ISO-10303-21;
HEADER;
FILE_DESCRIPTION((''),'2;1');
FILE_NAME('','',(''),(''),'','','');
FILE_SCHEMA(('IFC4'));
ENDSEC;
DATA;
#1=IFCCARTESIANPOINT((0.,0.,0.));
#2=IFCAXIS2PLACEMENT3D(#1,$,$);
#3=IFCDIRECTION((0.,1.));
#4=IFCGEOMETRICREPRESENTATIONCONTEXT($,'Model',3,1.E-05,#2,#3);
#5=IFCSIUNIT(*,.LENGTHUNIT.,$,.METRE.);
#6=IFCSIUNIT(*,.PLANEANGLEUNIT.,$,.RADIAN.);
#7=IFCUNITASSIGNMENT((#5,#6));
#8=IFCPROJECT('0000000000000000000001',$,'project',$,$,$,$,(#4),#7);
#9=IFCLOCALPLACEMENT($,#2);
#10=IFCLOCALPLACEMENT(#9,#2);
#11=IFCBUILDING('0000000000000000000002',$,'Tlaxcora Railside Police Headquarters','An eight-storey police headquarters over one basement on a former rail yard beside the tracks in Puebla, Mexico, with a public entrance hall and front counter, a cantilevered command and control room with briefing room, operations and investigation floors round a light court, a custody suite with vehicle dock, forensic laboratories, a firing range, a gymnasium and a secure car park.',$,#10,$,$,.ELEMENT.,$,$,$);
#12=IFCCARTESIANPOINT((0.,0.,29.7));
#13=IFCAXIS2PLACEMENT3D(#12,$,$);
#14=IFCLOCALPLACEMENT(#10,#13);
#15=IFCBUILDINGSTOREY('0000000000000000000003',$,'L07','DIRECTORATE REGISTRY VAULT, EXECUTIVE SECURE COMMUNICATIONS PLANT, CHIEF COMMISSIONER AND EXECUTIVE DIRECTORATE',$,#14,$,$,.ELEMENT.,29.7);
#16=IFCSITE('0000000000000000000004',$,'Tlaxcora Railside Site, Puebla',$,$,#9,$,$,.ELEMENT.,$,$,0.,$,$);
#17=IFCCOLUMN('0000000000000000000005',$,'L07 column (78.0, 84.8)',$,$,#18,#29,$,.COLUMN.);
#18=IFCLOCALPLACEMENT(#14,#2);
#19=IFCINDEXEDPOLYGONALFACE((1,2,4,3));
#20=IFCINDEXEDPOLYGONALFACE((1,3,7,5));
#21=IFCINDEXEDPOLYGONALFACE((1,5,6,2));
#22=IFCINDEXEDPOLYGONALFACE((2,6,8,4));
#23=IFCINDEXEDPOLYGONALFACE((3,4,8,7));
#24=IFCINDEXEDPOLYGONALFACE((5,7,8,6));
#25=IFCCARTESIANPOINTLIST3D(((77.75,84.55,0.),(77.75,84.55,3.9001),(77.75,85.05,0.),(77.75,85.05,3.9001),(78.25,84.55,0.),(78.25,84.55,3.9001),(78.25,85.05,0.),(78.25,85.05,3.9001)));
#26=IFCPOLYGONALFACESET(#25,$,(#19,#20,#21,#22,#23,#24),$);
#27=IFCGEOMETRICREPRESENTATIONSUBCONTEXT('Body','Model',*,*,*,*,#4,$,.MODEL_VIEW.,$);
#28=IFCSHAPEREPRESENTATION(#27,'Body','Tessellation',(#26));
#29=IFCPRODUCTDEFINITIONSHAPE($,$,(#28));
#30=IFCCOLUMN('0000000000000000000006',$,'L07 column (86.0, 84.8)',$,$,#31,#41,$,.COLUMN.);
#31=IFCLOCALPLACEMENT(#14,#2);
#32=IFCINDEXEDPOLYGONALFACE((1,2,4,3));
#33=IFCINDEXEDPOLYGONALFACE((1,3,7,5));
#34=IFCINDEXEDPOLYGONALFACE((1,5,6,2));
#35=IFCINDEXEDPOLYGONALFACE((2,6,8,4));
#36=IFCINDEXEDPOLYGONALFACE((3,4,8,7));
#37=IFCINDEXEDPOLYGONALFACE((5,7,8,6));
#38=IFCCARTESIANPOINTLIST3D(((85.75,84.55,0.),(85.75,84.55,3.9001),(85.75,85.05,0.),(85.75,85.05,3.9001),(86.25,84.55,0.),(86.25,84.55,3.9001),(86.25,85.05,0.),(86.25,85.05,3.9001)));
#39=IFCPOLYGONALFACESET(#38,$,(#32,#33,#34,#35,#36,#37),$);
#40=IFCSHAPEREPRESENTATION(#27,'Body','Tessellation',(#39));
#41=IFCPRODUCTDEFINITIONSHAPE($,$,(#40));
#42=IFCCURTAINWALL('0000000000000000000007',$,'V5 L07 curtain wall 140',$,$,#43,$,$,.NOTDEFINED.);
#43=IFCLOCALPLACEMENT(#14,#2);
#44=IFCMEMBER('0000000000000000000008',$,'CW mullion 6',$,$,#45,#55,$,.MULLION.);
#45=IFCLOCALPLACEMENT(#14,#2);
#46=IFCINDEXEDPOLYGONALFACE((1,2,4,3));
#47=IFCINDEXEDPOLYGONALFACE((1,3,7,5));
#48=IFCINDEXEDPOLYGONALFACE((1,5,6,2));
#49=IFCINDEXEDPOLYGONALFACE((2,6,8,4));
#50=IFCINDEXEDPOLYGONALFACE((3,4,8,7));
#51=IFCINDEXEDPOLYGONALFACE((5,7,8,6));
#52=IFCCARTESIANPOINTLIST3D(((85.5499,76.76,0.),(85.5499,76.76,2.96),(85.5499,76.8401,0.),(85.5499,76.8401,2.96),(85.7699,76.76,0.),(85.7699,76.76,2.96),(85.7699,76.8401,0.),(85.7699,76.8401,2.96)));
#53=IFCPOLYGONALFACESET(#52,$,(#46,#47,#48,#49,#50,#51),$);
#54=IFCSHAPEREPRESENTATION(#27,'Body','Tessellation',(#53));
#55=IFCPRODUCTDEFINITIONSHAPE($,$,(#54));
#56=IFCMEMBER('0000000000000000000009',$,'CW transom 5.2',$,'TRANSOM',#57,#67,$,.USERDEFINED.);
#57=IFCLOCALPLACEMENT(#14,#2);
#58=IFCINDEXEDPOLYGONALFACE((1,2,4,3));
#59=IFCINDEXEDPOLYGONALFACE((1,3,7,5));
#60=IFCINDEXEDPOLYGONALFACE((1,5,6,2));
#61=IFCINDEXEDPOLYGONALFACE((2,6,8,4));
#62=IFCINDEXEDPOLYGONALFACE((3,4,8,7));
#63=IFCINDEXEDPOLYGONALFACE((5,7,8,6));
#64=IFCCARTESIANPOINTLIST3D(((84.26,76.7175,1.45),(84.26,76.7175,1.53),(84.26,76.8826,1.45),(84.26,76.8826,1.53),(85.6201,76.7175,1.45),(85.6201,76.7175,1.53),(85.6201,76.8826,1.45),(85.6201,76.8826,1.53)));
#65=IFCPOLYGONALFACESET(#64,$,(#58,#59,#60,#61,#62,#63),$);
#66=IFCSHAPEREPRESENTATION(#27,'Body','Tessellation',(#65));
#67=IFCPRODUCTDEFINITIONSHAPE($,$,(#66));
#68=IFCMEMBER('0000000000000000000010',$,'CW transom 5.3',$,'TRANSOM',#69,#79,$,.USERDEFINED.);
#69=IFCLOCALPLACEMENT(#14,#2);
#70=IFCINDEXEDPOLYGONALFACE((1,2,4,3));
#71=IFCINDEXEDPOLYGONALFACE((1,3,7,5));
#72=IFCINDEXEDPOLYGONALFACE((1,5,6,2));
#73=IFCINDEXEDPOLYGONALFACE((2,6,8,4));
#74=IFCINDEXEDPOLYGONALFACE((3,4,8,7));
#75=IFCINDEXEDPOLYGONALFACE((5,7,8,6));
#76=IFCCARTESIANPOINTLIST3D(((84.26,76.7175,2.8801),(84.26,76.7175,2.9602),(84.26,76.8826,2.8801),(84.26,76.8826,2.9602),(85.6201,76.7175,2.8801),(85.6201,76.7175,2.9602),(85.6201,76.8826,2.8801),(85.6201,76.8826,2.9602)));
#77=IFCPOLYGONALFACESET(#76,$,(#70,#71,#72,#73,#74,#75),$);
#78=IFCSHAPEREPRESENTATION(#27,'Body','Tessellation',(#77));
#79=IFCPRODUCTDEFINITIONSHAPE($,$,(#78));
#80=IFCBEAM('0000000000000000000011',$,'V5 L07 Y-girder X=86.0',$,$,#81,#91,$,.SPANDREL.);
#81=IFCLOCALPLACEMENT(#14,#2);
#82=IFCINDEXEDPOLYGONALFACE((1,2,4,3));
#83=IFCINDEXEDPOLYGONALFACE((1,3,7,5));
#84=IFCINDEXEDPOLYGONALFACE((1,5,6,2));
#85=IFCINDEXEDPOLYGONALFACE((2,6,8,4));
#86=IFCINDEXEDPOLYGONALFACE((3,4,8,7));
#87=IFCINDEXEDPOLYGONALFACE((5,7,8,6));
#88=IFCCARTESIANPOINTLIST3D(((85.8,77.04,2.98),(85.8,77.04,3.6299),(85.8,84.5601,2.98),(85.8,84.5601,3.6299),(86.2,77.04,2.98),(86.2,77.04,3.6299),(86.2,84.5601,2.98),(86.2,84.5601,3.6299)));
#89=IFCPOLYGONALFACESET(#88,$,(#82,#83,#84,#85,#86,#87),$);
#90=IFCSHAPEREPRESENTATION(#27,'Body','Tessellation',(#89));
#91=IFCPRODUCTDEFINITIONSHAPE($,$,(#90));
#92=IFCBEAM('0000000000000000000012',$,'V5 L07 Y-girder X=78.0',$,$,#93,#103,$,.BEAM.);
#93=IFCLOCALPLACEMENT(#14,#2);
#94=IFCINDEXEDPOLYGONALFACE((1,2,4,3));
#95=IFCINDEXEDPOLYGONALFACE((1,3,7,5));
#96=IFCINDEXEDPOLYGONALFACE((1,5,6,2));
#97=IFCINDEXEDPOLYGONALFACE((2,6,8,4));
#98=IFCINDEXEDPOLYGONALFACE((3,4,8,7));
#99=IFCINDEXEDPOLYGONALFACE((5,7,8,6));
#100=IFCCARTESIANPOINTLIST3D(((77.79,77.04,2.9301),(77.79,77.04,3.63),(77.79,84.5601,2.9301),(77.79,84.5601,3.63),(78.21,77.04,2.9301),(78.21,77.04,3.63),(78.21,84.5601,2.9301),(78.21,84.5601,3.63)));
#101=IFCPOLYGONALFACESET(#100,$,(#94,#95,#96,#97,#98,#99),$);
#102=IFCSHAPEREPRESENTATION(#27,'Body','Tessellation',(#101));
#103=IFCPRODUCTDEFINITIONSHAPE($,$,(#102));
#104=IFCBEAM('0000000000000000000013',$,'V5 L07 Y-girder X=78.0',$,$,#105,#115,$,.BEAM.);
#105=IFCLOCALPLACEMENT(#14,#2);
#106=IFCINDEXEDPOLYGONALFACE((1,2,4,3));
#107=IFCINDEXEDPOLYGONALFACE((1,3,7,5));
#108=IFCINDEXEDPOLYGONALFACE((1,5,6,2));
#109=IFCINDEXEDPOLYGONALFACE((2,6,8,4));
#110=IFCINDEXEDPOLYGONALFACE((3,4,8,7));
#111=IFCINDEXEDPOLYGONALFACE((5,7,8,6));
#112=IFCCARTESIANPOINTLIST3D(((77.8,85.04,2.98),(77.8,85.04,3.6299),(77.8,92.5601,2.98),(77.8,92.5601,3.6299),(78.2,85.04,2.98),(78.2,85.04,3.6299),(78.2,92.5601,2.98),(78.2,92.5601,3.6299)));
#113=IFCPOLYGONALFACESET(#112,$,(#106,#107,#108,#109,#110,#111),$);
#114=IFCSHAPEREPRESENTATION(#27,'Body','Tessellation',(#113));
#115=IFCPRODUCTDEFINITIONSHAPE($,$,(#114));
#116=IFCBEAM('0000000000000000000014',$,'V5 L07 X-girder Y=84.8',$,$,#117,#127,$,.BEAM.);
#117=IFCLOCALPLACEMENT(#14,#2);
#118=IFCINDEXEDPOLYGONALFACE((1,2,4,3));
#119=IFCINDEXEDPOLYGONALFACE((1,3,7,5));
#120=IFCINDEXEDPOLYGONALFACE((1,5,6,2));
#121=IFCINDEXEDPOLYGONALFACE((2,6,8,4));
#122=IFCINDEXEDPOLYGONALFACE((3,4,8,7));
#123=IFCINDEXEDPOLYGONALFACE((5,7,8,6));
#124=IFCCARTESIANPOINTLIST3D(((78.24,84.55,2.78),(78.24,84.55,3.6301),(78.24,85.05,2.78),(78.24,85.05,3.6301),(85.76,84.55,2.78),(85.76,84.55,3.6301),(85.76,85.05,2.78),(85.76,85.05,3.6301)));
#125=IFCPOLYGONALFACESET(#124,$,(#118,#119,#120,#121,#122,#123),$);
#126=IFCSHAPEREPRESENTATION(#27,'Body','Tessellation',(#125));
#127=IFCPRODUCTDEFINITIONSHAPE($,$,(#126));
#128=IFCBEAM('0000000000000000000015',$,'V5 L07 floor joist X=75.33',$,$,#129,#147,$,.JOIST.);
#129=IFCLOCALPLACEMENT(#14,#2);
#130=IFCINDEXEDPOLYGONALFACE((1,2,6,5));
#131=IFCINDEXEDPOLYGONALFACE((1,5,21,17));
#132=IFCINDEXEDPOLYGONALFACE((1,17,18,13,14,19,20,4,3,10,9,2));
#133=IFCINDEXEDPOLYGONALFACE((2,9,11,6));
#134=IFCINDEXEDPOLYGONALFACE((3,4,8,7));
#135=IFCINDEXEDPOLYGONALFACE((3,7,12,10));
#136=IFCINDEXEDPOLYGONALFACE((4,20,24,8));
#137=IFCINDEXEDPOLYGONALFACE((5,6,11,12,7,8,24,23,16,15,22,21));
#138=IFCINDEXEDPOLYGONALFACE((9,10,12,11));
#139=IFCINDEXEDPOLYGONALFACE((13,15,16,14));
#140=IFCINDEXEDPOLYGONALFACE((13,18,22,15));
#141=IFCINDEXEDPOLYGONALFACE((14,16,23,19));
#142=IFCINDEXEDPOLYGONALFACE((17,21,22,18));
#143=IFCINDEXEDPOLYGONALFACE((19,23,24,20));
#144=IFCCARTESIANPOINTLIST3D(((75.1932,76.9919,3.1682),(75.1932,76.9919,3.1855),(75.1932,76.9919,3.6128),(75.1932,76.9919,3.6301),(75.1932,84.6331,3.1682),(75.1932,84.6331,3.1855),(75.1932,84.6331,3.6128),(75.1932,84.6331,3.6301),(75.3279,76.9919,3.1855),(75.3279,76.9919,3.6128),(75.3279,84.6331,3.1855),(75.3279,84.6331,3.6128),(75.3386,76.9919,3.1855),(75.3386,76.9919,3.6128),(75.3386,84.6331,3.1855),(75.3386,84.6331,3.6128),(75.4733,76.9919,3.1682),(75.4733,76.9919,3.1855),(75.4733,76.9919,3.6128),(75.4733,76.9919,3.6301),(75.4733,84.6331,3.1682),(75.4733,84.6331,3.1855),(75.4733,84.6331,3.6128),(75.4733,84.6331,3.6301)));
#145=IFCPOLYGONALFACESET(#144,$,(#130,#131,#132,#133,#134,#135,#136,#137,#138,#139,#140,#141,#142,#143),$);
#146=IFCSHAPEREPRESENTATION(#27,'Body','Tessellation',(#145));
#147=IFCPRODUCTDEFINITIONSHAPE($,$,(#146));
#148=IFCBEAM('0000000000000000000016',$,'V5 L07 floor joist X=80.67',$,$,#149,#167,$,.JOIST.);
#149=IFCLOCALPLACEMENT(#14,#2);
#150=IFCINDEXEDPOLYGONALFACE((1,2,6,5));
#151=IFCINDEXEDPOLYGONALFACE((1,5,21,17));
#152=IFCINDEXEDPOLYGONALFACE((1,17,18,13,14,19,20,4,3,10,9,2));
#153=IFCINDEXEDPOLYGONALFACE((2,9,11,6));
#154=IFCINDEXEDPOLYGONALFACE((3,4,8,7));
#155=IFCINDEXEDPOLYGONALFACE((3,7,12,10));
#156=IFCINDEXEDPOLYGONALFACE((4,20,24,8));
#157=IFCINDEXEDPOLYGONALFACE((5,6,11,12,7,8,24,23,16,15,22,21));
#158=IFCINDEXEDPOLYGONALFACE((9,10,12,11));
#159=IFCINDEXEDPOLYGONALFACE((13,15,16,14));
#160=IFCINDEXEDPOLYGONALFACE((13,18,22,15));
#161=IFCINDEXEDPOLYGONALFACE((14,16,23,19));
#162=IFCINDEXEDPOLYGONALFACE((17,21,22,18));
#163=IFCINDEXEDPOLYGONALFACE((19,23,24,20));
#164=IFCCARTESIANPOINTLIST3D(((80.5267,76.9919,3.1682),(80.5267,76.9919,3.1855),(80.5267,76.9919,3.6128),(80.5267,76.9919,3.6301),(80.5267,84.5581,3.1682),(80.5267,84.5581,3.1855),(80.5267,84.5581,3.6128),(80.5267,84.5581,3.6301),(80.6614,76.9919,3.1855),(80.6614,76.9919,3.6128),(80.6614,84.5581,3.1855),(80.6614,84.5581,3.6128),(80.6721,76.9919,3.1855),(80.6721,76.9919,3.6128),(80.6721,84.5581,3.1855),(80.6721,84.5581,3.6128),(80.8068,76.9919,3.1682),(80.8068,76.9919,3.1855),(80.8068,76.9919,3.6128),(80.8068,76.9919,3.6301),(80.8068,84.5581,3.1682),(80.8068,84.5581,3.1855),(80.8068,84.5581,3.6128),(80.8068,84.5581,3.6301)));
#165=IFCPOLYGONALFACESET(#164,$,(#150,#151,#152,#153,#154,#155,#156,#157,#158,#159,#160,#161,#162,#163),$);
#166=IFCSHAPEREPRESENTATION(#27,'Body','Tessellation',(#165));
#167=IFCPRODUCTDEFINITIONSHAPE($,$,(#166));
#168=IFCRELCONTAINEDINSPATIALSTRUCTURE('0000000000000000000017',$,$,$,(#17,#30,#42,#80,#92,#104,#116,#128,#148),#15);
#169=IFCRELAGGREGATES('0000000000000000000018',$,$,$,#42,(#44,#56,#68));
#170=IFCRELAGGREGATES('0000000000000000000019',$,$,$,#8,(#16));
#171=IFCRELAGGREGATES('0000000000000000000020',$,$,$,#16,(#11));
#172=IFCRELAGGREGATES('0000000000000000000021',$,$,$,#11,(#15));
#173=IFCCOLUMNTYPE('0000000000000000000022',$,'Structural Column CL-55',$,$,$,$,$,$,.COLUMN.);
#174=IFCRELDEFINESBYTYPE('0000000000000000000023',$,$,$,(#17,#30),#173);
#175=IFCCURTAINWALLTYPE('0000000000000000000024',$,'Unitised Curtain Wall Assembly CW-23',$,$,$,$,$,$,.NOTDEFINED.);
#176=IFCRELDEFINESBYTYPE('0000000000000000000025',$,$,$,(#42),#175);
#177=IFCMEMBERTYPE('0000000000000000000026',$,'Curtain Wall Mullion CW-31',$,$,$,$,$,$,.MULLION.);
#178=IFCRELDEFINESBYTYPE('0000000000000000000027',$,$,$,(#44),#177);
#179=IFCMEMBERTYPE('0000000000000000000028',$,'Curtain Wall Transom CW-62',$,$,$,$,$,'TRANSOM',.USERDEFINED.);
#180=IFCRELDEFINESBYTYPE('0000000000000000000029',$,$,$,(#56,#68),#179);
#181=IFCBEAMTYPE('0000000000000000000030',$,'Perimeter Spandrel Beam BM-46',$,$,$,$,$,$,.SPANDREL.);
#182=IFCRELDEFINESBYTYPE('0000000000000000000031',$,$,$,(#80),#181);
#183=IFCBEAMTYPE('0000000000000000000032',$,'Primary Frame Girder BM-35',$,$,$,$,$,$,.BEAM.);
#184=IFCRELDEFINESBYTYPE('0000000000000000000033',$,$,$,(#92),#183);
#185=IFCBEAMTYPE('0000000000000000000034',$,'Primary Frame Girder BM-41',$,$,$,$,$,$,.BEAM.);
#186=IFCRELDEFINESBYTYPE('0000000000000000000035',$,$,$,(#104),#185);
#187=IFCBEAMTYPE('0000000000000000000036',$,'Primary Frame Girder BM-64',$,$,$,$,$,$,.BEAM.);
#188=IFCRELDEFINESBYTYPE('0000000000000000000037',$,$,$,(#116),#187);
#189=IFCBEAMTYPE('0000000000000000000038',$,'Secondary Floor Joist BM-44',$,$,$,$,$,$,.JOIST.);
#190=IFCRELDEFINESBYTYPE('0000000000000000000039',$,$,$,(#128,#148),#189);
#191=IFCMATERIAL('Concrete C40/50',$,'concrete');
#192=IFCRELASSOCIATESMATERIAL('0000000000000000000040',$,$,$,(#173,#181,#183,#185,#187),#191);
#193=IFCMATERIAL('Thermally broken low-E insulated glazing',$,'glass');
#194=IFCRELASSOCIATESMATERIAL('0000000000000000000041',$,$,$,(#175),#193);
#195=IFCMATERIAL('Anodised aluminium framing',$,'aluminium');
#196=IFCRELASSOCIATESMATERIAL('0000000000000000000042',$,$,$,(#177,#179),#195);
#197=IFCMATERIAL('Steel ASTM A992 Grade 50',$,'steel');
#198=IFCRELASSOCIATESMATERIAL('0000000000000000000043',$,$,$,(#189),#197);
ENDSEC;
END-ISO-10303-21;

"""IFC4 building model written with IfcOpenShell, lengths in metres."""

from ifc_helpers import new_model, si_unit, direction, frame, origin, origin_2d, place, context, subcontext, project, spatial, rectangle, i_section, extrude, material, material_profile, profile_set, type_object, element, aggregate, save


model = new_model("IFC4")

# Units and contexts
model_context = context("Model", 3, precision=1e-05, world=origin(), true_north=direction((0.0, 1.0)))
body_context = subcontext(model_context, "Body", "Model", "MODEL_VIEW")
ifc_project = project(units=[si_unit("LENGTHUNIT", "METRE"), si_unit("PLANEANGLEUNIT", "RADIAN")], contexts=[model_context])

# Site, building, storey
site_placement = place(None, origin())
site = spatial("IfcSite", under=ifc_project, at=site_placement, Name="Tlaxcora Railside Site, Puebla", CompositionType="ELEMENT", RefElevation=0.0)
building_placement = place(site_placement, origin())
building = spatial("IfcBuilding", under=site, at=building_placement, Name="Tlaxcora Railside Police Headquarters", Description="An eight-storey police headquarters over one basement on a former rail yard beside the tracks in Puebla, Mexico, with a public entrance hall and front counter, a cantilevered command and control room with briefing room, operations and investigation floors round a light court, a custody suite with vehicle dock, forensic laboratories, a firing range, a gymnasium and a secure car park.", CompositionType="ELEMENT")
storey_placement = place(building_placement, frame((0.0, 0.0, 29.7)))
storey = spatial("IfcBuildingStorey", under=building, at=storey_placement, Name="L07", Description="DIRECTORATE REGISTRY VAULT, EXECUTIVE SECURE COMMUNICATIONS PLANT, CHIEF COMMISSIONER AND EXECUTIVE DIRECTORATE", CompositionType="ELEMENT", Elevation=29.7)

# Columns
ifc_material_1 = material(Name="Concrete C40/50", Category="concrete")
ifc_material_profile_1 = material_profile(ifc_material_1, rectangle(XDim=0.5, YDim=0.5, at=origin_2d()), Name="RC500X500")
ifc_profile_set_1 = profile_set([ifc_material_profile_1], Name="Concrete C40/50")
column_type = type_object("IfcColumnType", Name="Structural Column CL-55", PredefinedType="COLUMN", material=ifc_profile_set_1)
for number, where, z_axis, x_axis, name in (
    (1, (78.0, 84.8, 0.0), (0.0, 0.0, 1.0), (1.0, 0.0, 0.0), "L07 column (78.0, 84.8)"),
    (2, (86.0, 84.8, 0.0), (0.0, 0.0, 1.0), (1.0, 0.0, 0.0), "L07 column (86.0, 84.8)"),
):
    element("IfcColumn", number, at=place(storey_placement, frame(where, z_axis=z_axis, x_axis=x_axis)), inside=storey, type_object=column_type, Name=name, PredefinedType="COLUMN", context=body_context, shape_type="SweptSolid", body=[
        extrude(rectangle(XDim=0.5, YDim=0.5, at=origin_2d()), origin(), (0.0, 0.0, 1.0), 3.9001),
    ])

# Curtain wall, members
ifc_material_2 = material(Name="Thermally broken low-E insulated glazing", Category="glass")
curtain_wall_type = type_object("IfcCurtainWallType", Name="Unitised Curtain Wall Assembly CW-23", PredefinedType="NOTDEFINED", material=ifc_material_2)
curtain_wall_placement = place(storey_placement, origin())
curtain_wall = element("IfcCurtainWall", 3, at=curtain_wall_placement, inside=storey, type_object=curtain_wall_type, Name="V5 L07 curtain wall 140", PredefinedType="NOTDEFINED")
ifc_material_3 = material(Name="Anodised aluminium framing", Category="aluminium")
ifc_material_profile_2 = material_profile(ifc_material_3, rectangle(XDim=0.0801, YDim=0.22, at=origin_2d()), Name="AL80X220")
ifc_profile_set_2 = profile_set([ifc_material_profile_2], Name="Anodised aluminium framing")
member_type_1 = type_object("IfcMemberType", Name="Curtain Wall Mullion CW-31", PredefinedType="MULLION", material=ifc_profile_set_2)
member_1_placement = place(storey_placement, frame((85.6599, 76.8, 0.0), z_axis=(0.0, 0.0, 1.0), x_axis=(0.0, 1.0, 0.0)))
member_1 = element("IfcMember", 4, at=member_1_placement, type_object=member_type_1, Name="CW mullion 6", PredefinedType="MULLION", context=body_context, shape_type="SweptSolid", body=[
    extrude(rectangle(XDim=0.0801, YDim=0.22, at=origin_2d()), origin(), (0.0, 0.0, 1.0), 2.96),
])
ifc_material_profile_3 = material_profile(ifc_material_3, rectangle(XDim=0.165, YDim=0.0801, at=origin_2d()), Name="AL80X165")
ifc_profile_set_3 = profile_set([ifc_material_profile_3], Name="Anodised aluminium framing")
member_type_2 = type_object("IfcMemberType", Name="Curtain Wall Transom CW-62", ElementType="TRANSOM", PredefinedType="USERDEFINED", material=ifc_profile_set_3)
member_2_placement = place(storey_placement, frame((84.26, 76.8, 1.49), z_axis=(1.0, 0.0, 0.0), x_axis=(0.0, 1.0, 0.0)))
member_2 = element("IfcMember", 5, at=member_2_placement, type_object=member_type_2, Name="CW transom 5.2", ObjectType="TRANSOM", PredefinedType="USERDEFINED", context=body_context, shape_type="SweptSolid", body=[
    extrude(rectangle(XDim=0.165, YDim=0.0801, at=origin_2d()), origin(), (0.0, 0.0, 1.0), 1.3601),
])
member_3_placement = place(storey_placement, frame((84.26, 76.8, 2.9202), z_axis=(1.0, 0.0, 0.0), x_axis=(0.0, 1.0, 0.0)))
member_3 = element("IfcMember", 6, at=member_3_placement, type_object=member_type_2, Name="CW transom 5.3", ObjectType="TRANSOM", PredefinedType="USERDEFINED", context=body_context, shape_type="SweptSolid", body=[
    extrude(rectangle(XDim=0.165, YDim=0.0801, at=origin_2d()), origin(), (0.0, 0.0, 1.0), 1.3601),
])

# Beams
ifc_material_profile_4 = material_profile(ifc_material_1, rectangle(XDim=0.3999, YDim=0.6499, at=origin_2d()), Name="RC400X650")
ifc_profile_set_4 = profile_set([ifc_material_profile_4], Name="Concrete C40/50")
beam_type_1 = type_object("IfcBeamType", Name="Perimeter Spandrel Beam BM-46", PredefinedType="SPANDREL", material=ifc_profile_set_4)
beam_1_placement = place(storey_placement, frame((86.0, 77.04, 3.3049), z_axis=(0.0, 1.0, 0.0), x_axis=(-1.0, 0.0, 0.0)))
element("IfcBeam", 7, at=beam_1_placement, inside=storey, type_object=beam_type_1, Name="V5 L07 Y-girder X=86.0", PredefinedType="SPANDREL", context=body_context, shape_type="SweptSolid", body=[
    extrude(rectangle(XDim=0.3999, YDim=0.6499, at=origin_2d()), origin(), (0.0, 0.0, 1.0), 7.52),
])
ifc_material_profile_5 = material_profile(ifc_material_1, rectangle(XDim=0.4199, YDim=0.7, at=origin_2d()), Name="RC420X700")
ifc_profile_set_5 = profile_set([ifc_material_profile_5], Name="Concrete C40/50")
beam_type_2 = type_object("IfcBeamType", Name="Primary Frame Girder BM-35", PredefinedType="BEAM", material=ifc_profile_set_5)
beam_2_placement = place(storey_placement, frame((78.0, 77.04, 3.28), z_axis=(0.0, 1.0, 0.0), x_axis=(-1.0, 0.0, 0.0)))
element("IfcBeam", 8, at=beam_2_placement, inside=storey, type_object=beam_type_2, Name="V5 L07 Y-girder X=78.0", PredefinedType="BEAM", context=body_context, shape_type="SweptSolid", body=[
    extrude(rectangle(XDim=0.4199, YDim=0.7, at=origin_2d()), origin(), (0.0, 0.0, 1.0), 7.52),
])
ifc_material_profile_6 = material_profile(ifc_material_1, rectangle(XDim=0.3999, YDim=0.6499, at=origin_2d()), Name="RC400X650")
ifc_profile_set_6 = profile_set([ifc_material_profile_6], Name="Concrete C40/50")
beam_type_3 = type_object("IfcBeamType", Name="Primary Frame Girder BM-41", PredefinedType="BEAM", material=ifc_profile_set_6)
beam_3_placement = place(storey_placement, frame((78.0, 85.04, 3.3049), z_axis=(0.0, 1.0, 0.0), x_axis=(-1.0, 0.0, 0.0)))
element("IfcBeam", 9, at=beam_3_placement, inside=storey, type_object=beam_type_3, Name="V5 L07 Y-girder X=78.0", PredefinedType="BEAM", context=body_context, shape_type="SweptSolid", body=[
    extrude(rectangle(XDim=0.3999, YDim=0.6499, at=origin_2d()), origin(), (0.0, 0.0, 1.0), 7.52),
])
ifc_material_profile_7 = material_profile(ifc_material_1, rectangle(XDim=0.5, YDim=0.8501, at=origin_2d()), Name="RC500X850")
ifc_profile_set_7 = profile_set([ifc_material_profile_7], Name="Concrete C40/50")
beam_type_4 = type_object("IfcBeamType", Name="Primary Frame Girder BM-64", PredefinedType="BEAM", material=ifc_profile_set_7)
beam_4_placement = place(storey_placement, frame((78.24, 84.8, 3.2051), z_axis=(1.0, 0.0, 0.0), x_axis=(0.0, 1.0, 0.0)))
element("IfcBeam", 10, at=beam_4_placement, inside=storey, type_object=beam_type_4, Name="V5 L07 X-girder Y=84.8", PredefinedType="BEAM", context=body_context, shape_type="SweptSolid", body=[
    extrude(rectangle(XDim=0.5, YDim=0.8501, at=origin_2d()), origin(), (0.0, 0.0, 1.0), 7.52),
])
ifc_material_4 = material(Name="Steel ASTM A992 Grade 50", Category="steel")
ifc_material_profile_8 = material_profile(ifc_material_4, i_section(OverallWidth=0.28, OverallDepth=0.4619, WebThickness=0.0107, FlangeThickness=0.0173, at=origin_2d()), Name="W18X76")
ifc_profile_set_8 = profile_set([ifc_material_profile_8], Name="Steel ASTM A992 Grade 50")
beam_type_5 = type_object("IfcBeamType", Name="Secondary Floor Joist BM-44", PredefinedType="JOIST", material=ifc_profile_set_8)
beam_5_placement = place(storey_placement, frame((75.3333, 76.9919, 3.3992), z_axis=(0.0, 1.0, 0.0), x_axis=(-1.0, 0.0, 0.0)))
element("IfcBeam", 11, at=beam_5_placement, inside=storey, type_object=beam_type_5, Name="V5 L07 floor joist X=75.33", PredefinedType="JOIST", context=body_context, shape_type="SweptSolid", body=[
    extrude(i_section(OverallWidth=0.28, OverallDepth=0.4619, WebThickness=0.0107, FlangeThickness=0.0173, at=origin_2d()), origin(), (0.0, 0.0, 1.0), 7.6411),
])
beam_6_placement = place(storey_placement, frame((80.6667, 76.9919, 3.3992), z_axis=(0.0, 1.0, 0.0), x_axis=(-1.0, 0.0, 0.0)))
element("IfcBeam", 12, at=beam_6_placement, inside=storey, type_object=beam_type_5, Name="V5 L07 floor joist X=80.67", PredefinedType="JOIST", context=body_context, shape_type="SweptSolid", body=[
    extrude(i_section(OverallWidth=0.28, OverallDepth=0.4619, WebThickness=0.0107, FlangeThickness=0.0173, at=origin_2d()), origin(), (0.0, 0.0, 1.0), 7.5662),
])

aggregate(curtain_wall, [member_1, member_2, member_3])

save(model, "model.ifc")
